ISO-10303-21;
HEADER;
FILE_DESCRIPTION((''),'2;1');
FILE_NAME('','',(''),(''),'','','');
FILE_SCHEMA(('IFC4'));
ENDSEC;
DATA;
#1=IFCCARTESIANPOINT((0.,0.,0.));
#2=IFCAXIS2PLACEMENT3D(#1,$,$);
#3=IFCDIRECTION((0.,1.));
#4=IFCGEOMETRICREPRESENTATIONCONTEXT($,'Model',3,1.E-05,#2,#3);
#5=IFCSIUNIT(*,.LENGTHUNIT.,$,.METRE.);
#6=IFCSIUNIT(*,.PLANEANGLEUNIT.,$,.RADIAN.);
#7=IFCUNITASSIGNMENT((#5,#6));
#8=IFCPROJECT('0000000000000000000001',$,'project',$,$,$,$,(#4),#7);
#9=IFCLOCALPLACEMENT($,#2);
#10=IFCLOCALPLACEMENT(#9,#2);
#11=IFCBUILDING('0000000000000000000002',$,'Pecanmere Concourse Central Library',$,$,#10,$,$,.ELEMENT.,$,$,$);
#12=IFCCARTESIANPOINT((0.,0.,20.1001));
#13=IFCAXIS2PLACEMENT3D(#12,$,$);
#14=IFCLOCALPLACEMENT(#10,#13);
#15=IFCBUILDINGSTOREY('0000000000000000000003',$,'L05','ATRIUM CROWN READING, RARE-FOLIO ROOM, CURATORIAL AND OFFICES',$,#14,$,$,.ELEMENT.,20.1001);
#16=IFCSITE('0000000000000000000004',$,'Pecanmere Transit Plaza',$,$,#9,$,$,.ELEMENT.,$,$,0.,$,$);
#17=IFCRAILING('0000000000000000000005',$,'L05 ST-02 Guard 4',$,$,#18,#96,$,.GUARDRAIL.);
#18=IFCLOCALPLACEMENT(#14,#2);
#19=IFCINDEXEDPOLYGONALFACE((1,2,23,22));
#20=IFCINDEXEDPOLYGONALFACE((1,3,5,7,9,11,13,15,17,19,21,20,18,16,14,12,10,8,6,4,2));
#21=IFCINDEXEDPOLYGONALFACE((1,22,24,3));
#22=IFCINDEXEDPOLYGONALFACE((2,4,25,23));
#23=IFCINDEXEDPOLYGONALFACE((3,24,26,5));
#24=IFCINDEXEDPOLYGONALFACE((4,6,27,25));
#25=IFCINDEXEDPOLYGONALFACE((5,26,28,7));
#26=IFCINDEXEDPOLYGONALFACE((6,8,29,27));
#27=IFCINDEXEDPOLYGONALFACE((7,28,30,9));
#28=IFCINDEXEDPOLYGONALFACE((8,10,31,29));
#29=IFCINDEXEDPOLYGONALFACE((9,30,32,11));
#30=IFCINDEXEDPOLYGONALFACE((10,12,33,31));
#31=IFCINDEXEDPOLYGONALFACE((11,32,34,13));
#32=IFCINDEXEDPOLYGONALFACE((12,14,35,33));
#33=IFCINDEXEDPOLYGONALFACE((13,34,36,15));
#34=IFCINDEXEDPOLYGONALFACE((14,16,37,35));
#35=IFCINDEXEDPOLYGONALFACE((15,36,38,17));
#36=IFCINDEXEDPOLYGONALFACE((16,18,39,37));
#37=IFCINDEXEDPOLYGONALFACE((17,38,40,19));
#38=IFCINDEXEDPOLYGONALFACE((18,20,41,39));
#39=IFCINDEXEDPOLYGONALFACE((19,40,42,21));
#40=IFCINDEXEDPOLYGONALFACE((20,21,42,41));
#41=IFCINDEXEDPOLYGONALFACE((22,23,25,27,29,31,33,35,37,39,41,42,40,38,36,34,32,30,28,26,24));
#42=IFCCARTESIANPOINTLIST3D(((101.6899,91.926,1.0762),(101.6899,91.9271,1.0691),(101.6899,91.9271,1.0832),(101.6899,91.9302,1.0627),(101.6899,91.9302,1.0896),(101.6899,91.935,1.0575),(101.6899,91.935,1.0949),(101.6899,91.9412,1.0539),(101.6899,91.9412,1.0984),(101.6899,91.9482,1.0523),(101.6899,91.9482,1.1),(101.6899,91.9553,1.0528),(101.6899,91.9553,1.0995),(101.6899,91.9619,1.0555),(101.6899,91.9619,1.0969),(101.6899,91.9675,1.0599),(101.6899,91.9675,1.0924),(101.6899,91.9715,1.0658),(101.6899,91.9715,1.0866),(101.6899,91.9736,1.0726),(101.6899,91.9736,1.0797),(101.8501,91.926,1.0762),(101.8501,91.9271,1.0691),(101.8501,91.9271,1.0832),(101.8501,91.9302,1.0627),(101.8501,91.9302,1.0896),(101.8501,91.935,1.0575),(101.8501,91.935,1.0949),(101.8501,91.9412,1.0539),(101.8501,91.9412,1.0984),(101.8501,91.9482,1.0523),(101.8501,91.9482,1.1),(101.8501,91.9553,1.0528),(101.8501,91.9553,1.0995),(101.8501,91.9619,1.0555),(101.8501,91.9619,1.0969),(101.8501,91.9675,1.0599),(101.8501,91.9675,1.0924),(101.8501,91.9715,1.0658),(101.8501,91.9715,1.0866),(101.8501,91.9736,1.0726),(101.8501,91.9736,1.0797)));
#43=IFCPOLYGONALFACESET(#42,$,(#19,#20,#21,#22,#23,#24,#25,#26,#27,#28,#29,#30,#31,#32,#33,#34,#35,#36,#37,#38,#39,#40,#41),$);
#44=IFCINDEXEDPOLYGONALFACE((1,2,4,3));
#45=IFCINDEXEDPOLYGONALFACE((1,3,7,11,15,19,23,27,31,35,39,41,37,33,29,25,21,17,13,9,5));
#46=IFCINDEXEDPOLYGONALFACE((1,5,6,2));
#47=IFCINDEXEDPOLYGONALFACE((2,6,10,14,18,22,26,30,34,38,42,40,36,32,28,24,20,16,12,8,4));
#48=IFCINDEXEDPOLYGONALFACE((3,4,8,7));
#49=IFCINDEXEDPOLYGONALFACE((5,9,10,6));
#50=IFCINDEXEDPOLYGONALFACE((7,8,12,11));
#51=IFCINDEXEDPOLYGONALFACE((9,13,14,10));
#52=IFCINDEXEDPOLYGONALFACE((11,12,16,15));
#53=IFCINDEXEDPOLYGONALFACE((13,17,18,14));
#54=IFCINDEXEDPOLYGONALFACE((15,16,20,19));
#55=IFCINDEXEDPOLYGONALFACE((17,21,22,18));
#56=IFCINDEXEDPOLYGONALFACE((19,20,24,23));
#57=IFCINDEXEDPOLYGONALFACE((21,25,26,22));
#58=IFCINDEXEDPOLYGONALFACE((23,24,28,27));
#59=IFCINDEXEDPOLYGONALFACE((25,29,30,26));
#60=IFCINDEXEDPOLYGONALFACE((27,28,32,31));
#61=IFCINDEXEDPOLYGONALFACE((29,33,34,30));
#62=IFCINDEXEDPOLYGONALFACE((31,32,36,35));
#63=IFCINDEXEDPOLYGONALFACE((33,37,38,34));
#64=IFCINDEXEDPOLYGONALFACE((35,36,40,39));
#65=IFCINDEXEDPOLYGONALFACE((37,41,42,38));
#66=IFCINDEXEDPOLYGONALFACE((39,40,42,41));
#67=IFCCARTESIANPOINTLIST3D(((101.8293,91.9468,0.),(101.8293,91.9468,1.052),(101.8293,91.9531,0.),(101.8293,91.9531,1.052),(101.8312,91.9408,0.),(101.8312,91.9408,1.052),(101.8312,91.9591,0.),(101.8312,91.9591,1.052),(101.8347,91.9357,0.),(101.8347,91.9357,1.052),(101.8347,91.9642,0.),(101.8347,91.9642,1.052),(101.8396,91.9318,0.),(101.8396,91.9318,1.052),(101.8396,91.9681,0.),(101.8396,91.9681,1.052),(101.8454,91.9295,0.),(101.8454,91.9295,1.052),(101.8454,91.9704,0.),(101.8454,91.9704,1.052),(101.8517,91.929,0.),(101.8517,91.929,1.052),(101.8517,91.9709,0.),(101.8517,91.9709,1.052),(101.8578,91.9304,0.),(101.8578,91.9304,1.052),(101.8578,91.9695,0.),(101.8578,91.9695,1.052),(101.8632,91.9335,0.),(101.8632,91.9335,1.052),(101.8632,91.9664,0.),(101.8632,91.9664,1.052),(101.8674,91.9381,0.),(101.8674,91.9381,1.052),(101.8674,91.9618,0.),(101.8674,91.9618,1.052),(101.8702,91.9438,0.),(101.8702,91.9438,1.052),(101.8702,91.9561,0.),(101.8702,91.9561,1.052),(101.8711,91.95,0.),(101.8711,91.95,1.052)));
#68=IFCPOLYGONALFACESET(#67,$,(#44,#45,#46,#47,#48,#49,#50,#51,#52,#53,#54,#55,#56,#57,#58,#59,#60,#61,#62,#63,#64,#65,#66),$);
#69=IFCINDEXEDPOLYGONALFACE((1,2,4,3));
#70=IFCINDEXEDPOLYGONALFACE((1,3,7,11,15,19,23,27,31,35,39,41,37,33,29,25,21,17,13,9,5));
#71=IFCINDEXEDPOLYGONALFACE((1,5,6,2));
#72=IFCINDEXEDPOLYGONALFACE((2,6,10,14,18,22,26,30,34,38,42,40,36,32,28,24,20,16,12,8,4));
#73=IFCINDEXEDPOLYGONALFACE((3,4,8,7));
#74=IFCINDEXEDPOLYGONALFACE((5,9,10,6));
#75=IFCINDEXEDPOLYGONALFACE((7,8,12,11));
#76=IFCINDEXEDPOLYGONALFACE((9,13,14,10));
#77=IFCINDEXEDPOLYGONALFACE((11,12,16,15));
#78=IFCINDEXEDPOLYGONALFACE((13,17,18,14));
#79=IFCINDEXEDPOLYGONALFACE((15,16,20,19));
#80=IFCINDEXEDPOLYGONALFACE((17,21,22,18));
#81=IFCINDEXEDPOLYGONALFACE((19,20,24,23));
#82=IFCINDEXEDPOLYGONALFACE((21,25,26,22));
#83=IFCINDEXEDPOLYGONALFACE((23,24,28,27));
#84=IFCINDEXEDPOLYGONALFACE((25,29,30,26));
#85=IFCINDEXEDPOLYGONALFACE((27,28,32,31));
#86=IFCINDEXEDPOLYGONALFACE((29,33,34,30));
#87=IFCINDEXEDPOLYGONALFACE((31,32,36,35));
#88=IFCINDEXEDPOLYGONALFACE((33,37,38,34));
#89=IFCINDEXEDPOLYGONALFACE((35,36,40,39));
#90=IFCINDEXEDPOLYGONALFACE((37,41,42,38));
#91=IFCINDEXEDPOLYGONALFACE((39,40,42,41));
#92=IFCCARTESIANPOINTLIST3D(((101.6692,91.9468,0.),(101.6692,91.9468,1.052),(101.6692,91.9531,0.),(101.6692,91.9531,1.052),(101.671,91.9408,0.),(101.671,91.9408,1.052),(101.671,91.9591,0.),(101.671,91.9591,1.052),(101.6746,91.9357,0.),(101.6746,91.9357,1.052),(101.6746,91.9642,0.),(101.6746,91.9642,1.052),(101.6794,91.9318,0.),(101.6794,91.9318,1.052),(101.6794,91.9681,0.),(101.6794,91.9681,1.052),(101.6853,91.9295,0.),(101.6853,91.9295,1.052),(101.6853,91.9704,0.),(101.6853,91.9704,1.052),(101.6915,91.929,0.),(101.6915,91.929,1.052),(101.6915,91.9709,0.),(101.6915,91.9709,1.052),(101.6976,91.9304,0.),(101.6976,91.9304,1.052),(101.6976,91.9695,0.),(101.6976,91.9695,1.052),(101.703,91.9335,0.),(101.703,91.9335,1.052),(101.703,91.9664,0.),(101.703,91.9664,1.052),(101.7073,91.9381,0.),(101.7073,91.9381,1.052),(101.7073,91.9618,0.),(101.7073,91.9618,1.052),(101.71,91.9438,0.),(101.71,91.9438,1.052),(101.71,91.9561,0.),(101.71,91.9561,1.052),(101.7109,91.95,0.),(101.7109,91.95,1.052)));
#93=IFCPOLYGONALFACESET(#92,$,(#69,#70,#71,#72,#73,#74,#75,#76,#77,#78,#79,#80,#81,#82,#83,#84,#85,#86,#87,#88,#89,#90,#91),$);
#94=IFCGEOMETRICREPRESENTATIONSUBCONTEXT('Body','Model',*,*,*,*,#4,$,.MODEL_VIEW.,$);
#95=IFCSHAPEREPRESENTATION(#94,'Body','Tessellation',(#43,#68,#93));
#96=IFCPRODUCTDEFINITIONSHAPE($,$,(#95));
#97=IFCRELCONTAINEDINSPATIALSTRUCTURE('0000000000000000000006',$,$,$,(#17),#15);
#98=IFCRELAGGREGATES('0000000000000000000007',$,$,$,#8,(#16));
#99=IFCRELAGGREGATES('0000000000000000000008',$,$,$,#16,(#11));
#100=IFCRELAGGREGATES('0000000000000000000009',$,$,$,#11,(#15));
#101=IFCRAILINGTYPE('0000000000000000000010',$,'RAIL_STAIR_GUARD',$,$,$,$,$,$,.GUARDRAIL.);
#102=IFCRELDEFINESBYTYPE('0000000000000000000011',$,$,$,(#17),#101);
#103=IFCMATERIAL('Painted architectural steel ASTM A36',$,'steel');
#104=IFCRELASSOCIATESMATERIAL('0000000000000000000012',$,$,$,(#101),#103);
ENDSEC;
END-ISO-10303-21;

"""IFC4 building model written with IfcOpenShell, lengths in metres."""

from ifc_helpers import new_model, si_unit, direction, frame, origin, origin_2d, place, context, subcontext, project, spatial, circle, extrude, material, type_object, element, save


model = new_model("IFC4")

# Units and contexts
model_context = context("Model", 3, precision=1e-05, world=origin(), true_north=direction((0.0, 1.0)))
body_context = subcontext(model_context, "Body", "Model", "MODEL_VIEW")
ifc_project = project(units=[si_unit("LENGTHUNIT", "METRE"), si_unit("PLANEANGLEUNIT", "RADIAN")], contexts=[model_context])

# Site, building, storey
site_placement = place(None, origin())
site = spatial("IfcSite", under=ifc_project, at=site_placement, Name="Pecanmere Transit Plaza", CompositionType="ELEMENT", RefElevation=0.0)
building_placement = place(site_placement, origin())
building = spatial("IfcBuilding", under=site, at=building_placement, Name="Pecanmere Concourse Central Library", CompositionType="ELEMENT")
storey_placement = place(building_placement, frame((0.0, 0.0, 20.1001)))
storey = spatial("IfcBuildingStorey", under=building, at=storey_placement, Name="L05", Description="ATRIUM CROWN READING, RARE-FOLIO ROOM, CURATORIAL AND OFFICES", CompositionType="ELEMENT", Elevation=20.1001)

# Railing
ifc_material_1 = material(Name="Painted architectural steel ASTM A36", Category="steel")
railing_type_1 = type_object("IfcRailingType", Name="RAIL_STAIR_GUARD", PredefinedType="GUARDRAIL", material=ifc_material_1)
railing_1_placement = place(storey_placement, frame((101.8501, 91.95, 0.0)))
element("IfcRailing", 1, at=railing_1_placement, inside=storey, type_object=railing_type_1, Name="L05 ST-02 Guard 4", PredefinedType="GUARDRAIL", context=body_context, shape_type="SweptSolid", body=[
    extrude(circle(Radius=0.0239, at=origin_2d()), frame((0.0, 0.0, 1.0762), z_axis=(-1.0, 0.0, 0.0), x_axis=(0.0, -1.0, 0.0)), (0.0, 0.0, 1.0), 0.1602),
    extrude(circle(Radius=0.021, at=origin_2d()), origin(), (0.0, 0.0, 1.0), 1.052),
    extrude(circle(Radius=0.021, at=origin_2d()), frame((-0.1602, 0.0, 0.0)), (0.0, 0.0, 1.0), 1.052),
])

save(model, "model.ifc")
